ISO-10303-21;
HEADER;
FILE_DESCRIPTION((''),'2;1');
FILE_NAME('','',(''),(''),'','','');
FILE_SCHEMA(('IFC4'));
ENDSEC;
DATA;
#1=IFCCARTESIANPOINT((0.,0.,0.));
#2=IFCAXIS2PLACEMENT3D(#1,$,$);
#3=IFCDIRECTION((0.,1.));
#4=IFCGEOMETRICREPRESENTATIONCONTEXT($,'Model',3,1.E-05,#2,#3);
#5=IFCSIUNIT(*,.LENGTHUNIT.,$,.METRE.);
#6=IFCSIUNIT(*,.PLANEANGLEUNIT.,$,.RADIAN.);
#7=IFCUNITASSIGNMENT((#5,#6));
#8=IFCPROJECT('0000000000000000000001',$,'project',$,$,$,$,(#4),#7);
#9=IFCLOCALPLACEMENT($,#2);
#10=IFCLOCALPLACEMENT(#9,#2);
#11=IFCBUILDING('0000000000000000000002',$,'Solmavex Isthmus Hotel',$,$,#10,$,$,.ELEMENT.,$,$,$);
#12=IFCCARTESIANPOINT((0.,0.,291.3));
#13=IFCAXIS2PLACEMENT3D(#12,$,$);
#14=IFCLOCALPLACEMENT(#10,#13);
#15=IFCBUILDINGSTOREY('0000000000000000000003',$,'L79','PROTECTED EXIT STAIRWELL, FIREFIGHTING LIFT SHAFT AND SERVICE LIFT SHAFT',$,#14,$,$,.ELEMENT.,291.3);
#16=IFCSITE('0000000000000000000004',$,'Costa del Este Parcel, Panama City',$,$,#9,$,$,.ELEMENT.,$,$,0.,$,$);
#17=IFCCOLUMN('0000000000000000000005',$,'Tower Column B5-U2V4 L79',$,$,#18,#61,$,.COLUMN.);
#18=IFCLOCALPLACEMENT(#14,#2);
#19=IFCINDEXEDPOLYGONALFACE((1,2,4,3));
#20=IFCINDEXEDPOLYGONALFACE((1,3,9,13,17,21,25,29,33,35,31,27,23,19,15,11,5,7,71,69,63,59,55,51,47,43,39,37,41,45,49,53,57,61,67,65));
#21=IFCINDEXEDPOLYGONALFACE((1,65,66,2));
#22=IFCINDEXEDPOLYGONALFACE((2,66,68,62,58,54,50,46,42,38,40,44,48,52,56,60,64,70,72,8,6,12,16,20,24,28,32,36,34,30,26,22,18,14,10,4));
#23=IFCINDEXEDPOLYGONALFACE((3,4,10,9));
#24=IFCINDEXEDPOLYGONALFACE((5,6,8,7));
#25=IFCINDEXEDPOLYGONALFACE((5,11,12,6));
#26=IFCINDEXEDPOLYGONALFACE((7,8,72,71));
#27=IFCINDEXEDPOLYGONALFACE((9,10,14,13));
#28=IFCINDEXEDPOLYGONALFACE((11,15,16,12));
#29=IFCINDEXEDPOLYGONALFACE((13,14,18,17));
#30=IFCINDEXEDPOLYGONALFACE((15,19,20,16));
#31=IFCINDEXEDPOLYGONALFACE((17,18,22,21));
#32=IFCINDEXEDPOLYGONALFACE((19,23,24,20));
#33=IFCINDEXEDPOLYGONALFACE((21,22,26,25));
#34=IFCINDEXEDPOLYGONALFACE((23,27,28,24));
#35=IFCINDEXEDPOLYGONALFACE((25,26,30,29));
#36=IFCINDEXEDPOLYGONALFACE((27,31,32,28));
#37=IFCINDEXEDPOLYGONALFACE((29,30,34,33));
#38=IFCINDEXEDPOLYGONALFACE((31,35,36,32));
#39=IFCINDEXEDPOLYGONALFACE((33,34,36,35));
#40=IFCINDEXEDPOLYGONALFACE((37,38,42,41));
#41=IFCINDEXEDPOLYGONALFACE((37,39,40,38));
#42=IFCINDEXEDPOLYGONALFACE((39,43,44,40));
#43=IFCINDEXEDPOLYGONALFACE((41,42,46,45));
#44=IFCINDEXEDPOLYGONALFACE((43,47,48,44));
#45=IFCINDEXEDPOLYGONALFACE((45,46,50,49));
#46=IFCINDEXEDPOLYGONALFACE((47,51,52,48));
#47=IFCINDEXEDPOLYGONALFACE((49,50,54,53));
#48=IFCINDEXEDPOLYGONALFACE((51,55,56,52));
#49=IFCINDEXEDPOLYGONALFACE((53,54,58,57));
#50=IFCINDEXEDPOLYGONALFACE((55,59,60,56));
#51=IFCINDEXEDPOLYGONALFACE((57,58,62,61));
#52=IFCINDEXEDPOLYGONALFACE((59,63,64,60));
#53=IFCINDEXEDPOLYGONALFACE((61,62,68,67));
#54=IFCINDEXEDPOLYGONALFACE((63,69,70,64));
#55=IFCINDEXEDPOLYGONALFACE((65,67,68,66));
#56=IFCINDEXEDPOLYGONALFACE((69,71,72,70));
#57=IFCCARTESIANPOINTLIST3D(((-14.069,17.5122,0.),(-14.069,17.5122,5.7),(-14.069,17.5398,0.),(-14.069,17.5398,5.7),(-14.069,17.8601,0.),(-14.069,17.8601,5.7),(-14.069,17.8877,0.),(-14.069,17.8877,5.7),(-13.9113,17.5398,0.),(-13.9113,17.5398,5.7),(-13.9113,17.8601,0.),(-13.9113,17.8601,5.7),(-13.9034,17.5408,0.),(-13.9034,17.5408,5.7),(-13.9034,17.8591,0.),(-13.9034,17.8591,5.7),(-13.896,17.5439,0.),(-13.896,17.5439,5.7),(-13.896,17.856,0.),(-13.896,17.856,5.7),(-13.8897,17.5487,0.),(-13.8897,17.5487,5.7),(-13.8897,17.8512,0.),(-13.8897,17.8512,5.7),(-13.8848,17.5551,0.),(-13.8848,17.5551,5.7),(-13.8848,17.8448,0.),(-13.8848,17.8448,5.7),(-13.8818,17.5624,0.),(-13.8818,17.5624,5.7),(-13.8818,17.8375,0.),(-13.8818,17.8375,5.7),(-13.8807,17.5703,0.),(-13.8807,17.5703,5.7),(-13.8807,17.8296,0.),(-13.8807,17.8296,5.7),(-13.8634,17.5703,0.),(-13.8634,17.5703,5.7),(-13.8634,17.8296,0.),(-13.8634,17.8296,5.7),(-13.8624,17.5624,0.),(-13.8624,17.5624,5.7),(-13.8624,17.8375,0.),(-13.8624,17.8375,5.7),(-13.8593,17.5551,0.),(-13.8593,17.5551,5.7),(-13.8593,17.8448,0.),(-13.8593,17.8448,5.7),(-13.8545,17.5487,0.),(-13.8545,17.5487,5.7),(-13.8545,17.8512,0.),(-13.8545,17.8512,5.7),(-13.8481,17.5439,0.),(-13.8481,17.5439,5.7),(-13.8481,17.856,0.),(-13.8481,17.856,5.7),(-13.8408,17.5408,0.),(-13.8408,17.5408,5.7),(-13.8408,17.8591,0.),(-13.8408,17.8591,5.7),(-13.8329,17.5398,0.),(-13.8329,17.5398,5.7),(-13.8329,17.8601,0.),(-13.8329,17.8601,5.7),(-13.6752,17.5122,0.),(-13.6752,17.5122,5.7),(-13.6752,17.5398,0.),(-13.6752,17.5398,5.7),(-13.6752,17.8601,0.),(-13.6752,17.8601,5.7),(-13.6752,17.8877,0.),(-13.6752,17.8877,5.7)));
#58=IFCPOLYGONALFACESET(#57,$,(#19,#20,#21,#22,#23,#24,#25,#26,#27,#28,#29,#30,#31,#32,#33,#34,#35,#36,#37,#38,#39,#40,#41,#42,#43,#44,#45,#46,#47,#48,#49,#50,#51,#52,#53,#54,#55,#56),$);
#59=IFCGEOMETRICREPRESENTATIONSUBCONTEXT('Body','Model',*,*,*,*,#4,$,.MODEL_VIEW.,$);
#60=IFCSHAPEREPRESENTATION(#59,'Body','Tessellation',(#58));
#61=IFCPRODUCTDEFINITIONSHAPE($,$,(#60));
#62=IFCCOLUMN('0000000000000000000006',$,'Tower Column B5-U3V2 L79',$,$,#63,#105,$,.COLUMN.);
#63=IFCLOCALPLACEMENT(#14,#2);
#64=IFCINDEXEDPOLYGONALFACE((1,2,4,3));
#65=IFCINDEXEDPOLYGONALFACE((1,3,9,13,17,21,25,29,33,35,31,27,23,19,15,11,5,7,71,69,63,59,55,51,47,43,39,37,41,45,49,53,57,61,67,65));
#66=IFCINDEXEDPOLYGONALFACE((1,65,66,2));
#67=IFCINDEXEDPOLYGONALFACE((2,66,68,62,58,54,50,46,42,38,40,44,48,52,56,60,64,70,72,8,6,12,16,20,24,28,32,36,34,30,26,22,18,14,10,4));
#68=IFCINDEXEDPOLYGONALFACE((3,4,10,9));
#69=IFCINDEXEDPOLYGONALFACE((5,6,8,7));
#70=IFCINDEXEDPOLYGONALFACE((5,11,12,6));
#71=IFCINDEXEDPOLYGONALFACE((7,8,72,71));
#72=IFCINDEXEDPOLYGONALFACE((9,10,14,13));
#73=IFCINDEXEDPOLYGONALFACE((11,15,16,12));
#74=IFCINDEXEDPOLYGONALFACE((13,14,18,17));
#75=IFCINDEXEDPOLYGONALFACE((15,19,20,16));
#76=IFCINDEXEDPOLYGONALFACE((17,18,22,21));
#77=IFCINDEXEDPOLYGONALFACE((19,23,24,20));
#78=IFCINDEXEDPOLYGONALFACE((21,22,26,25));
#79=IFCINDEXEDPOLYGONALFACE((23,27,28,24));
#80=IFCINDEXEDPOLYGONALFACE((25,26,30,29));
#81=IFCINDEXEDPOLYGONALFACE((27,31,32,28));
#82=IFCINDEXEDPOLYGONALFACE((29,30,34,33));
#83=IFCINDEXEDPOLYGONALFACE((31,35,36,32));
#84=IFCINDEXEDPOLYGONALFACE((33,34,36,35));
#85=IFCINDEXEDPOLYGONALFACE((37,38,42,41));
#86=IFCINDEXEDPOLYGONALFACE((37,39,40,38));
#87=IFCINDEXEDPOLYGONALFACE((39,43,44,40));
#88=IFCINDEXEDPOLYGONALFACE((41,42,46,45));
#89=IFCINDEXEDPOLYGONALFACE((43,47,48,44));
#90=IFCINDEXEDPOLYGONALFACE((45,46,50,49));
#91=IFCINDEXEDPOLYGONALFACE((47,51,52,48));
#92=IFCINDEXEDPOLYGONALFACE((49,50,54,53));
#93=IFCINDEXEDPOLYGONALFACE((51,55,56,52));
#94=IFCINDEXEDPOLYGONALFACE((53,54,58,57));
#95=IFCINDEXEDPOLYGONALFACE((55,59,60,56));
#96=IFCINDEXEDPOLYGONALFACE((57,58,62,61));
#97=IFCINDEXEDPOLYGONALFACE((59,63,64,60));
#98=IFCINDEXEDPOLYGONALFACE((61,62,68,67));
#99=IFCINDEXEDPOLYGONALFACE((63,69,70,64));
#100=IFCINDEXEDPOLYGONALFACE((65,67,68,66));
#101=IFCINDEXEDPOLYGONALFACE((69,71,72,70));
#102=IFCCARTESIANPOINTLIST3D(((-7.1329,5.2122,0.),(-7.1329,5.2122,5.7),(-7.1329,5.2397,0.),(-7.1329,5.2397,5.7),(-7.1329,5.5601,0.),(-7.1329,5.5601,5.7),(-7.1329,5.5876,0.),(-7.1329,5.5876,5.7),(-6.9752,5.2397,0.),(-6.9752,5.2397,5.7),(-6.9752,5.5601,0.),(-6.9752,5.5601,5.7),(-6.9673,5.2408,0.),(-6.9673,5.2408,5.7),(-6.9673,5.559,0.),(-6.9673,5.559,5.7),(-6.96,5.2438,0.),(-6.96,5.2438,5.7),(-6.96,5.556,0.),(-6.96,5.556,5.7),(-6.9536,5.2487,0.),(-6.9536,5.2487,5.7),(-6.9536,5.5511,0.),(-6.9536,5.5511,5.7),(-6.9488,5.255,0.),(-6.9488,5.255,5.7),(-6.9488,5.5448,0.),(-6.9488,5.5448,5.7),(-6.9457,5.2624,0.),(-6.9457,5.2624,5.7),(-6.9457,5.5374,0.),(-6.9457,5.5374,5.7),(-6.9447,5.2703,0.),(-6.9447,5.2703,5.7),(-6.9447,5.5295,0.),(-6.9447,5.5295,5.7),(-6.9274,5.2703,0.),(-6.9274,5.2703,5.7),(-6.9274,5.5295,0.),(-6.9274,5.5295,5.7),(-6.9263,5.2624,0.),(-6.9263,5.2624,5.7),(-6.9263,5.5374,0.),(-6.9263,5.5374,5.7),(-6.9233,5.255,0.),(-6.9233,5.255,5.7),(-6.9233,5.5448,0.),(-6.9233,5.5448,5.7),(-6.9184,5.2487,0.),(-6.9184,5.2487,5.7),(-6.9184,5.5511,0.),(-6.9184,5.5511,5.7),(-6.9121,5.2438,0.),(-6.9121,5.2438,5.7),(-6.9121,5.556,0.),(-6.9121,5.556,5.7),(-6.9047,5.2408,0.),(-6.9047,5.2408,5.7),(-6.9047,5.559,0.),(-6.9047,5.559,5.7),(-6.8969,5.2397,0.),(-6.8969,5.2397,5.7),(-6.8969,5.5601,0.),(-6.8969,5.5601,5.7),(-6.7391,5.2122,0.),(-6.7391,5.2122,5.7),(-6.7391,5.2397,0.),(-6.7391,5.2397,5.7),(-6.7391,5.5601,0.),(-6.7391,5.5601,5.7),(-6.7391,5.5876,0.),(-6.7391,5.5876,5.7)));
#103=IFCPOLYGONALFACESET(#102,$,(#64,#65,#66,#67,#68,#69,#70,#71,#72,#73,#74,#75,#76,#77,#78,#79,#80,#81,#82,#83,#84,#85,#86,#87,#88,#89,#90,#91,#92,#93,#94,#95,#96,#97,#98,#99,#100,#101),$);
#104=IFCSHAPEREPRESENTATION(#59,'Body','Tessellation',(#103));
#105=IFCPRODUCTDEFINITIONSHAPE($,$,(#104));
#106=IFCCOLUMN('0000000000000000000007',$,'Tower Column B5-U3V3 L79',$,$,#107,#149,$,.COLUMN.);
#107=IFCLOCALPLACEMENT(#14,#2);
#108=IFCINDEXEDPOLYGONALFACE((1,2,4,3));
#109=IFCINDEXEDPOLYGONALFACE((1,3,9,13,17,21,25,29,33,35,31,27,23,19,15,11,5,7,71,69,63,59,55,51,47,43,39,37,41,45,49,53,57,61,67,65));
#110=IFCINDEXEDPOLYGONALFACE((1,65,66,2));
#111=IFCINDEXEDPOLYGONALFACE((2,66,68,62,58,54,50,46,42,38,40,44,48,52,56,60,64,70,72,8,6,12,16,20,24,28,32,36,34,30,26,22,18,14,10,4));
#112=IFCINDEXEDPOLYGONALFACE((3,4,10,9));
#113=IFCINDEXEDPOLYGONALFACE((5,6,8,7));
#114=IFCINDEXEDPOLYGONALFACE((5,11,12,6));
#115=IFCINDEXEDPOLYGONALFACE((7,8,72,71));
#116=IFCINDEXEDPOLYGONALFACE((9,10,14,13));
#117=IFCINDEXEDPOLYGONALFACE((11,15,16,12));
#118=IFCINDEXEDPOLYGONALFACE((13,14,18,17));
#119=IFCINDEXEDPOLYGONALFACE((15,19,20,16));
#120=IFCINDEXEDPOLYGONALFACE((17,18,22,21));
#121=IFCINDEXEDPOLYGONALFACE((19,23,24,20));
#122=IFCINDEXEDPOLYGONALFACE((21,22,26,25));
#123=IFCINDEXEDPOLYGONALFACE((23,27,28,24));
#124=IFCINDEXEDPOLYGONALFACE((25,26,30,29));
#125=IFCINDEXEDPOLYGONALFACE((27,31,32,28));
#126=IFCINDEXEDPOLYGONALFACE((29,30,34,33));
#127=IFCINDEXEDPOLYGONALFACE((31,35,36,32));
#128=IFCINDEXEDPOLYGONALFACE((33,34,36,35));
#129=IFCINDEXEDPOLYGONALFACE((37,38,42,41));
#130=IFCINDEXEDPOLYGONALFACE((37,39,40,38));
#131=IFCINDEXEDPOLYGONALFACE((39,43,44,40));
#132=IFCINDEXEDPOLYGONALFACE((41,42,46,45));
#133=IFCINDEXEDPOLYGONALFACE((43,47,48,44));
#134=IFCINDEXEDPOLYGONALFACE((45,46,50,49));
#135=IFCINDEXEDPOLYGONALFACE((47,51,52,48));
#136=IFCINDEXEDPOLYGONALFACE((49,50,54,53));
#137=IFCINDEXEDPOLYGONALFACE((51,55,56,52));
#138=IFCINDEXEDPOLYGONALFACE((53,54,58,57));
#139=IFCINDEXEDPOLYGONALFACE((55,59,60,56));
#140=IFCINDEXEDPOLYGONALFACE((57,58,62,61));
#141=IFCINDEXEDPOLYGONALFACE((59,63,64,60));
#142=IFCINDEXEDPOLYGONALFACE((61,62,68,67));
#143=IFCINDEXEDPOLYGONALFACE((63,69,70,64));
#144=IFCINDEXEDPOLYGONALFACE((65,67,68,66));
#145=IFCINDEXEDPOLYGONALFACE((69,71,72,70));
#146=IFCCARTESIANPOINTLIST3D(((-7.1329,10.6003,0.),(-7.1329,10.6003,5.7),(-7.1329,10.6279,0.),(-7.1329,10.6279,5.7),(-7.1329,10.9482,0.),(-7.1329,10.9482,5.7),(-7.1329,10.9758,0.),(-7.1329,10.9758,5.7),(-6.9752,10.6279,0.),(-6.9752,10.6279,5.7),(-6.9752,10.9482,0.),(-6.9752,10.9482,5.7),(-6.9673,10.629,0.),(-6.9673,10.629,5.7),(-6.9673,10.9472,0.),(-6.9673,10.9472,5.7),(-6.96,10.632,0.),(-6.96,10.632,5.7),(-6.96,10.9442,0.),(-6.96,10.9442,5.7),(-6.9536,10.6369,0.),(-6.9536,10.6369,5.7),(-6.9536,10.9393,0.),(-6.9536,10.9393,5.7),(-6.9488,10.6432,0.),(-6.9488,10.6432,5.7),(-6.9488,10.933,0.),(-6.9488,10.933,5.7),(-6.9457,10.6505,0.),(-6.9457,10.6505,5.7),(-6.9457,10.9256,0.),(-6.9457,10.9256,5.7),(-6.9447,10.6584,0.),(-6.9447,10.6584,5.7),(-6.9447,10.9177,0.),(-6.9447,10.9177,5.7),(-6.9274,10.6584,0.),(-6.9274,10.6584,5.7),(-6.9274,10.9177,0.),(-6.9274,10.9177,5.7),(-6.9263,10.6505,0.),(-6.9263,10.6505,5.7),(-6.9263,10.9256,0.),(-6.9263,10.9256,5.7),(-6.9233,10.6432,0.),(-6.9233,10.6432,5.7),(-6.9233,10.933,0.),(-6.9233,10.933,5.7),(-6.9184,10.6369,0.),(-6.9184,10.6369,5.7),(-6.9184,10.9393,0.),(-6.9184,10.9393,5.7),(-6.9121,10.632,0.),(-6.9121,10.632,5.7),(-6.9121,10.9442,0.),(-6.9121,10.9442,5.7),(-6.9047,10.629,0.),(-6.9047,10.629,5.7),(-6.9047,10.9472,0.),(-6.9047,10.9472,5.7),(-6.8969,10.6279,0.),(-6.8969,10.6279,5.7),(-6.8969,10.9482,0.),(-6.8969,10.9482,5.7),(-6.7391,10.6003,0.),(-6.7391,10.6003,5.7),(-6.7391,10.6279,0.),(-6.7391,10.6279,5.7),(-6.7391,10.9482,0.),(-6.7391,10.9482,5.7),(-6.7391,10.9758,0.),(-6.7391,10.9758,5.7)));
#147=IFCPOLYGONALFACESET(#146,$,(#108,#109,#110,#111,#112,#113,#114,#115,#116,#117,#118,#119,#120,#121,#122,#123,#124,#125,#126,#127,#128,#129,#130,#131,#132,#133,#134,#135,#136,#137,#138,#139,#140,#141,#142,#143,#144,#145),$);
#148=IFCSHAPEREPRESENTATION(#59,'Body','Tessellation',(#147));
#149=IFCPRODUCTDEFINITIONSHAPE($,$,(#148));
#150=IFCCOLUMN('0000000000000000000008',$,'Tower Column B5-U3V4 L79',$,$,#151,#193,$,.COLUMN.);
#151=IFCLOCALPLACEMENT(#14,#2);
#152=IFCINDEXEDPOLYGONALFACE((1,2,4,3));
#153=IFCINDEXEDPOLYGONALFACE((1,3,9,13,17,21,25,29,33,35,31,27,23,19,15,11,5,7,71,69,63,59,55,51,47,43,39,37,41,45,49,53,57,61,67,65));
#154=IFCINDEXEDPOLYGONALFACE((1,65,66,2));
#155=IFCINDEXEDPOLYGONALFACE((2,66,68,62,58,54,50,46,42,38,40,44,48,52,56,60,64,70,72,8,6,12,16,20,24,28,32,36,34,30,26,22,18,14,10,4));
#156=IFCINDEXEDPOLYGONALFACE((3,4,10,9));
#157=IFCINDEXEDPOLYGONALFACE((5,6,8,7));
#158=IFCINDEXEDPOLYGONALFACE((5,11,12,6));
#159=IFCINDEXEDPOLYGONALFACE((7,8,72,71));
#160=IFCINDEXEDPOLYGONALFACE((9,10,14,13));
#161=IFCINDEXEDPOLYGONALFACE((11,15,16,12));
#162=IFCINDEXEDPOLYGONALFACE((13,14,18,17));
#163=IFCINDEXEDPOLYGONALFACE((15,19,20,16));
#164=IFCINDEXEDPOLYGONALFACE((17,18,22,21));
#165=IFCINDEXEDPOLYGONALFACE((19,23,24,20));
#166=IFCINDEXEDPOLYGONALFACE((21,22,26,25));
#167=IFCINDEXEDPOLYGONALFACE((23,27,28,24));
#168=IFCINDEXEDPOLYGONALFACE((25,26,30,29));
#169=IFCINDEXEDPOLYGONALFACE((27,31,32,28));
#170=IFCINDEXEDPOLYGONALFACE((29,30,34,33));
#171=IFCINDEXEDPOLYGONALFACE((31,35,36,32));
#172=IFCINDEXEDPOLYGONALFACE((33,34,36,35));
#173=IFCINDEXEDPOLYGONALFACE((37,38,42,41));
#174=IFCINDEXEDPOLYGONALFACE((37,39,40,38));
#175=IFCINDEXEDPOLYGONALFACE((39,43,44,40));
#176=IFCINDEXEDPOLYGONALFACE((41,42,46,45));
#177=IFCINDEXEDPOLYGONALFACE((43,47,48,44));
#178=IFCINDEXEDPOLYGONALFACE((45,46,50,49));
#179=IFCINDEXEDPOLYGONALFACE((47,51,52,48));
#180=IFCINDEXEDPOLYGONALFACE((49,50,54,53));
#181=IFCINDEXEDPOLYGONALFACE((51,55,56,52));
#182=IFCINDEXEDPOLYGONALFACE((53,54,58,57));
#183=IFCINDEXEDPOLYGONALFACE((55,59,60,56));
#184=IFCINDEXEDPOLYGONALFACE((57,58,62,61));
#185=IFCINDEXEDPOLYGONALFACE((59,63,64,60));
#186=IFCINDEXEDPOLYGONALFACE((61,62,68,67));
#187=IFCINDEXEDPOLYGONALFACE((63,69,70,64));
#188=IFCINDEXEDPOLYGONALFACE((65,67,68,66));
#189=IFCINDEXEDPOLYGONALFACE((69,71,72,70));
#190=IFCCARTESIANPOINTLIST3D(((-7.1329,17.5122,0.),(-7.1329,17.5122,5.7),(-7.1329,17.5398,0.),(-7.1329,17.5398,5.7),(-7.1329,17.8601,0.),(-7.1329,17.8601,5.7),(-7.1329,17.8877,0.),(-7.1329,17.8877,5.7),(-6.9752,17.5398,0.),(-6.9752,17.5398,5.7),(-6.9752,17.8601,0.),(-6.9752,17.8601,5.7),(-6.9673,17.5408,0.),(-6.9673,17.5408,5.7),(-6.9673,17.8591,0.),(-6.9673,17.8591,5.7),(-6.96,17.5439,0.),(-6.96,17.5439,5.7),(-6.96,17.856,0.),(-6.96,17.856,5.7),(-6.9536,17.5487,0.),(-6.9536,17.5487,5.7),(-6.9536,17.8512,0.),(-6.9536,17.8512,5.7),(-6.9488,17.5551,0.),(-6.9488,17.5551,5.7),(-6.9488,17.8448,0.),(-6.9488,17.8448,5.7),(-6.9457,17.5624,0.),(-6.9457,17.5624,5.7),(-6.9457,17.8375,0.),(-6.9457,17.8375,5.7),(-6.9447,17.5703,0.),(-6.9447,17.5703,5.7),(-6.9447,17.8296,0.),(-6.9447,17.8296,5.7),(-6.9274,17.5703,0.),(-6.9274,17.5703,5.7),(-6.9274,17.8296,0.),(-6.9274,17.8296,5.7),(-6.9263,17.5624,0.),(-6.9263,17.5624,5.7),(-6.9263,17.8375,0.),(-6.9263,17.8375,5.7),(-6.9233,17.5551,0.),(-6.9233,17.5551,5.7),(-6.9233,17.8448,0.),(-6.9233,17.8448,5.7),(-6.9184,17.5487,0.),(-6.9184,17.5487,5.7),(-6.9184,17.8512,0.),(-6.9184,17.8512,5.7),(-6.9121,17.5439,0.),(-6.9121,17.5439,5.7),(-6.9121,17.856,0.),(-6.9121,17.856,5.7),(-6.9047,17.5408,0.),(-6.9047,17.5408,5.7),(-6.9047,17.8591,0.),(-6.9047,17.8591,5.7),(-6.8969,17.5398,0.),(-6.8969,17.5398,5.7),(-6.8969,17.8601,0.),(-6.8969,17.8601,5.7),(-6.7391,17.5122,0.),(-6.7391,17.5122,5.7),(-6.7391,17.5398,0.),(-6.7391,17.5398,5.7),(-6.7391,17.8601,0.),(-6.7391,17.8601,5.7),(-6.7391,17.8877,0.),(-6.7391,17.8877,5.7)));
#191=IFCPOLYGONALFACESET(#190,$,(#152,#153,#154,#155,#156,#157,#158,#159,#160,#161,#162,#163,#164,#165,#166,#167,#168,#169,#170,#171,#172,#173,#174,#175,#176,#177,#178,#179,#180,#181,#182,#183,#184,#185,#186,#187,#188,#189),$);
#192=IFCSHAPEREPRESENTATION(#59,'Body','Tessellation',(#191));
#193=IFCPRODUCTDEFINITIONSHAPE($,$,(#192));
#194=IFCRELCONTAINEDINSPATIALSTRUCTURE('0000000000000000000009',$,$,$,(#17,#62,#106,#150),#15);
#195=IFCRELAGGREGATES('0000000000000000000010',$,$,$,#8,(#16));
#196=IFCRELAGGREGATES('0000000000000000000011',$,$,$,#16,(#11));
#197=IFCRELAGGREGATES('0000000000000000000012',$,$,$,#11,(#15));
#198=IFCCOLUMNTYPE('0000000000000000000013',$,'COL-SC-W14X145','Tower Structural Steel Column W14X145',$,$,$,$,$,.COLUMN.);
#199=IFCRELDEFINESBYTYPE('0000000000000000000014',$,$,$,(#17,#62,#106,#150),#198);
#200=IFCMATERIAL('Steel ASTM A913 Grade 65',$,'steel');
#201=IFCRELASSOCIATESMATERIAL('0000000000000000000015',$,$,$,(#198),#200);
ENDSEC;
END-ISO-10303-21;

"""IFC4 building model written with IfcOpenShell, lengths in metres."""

from ifc_helpers import new_model, si_unit, direction, frame, origin, origin_2d, place, context, subcontext, project, spatial, i_section, extrude, material, material_profile, profile_set, type_object, element, save


model = new_model("IFC4")

# Units and contexts
model_context = context("Model", 3, precision=1e-05, world=origin(), true_north=direction((0.0, 1.0)))
body_context = subcontext(model_context, "Body", "Model", "MODEL_VIEW")
ifc_project = project(units=[si_unit("LENGTHUNIT", "METRE"), si_unit("PLANEANGLEUNIT", "RADIAN")], contexts=[model_context])

# Site, building, storey
site_placement = place(None, origin())
site = spatial("IfcSite", under=ifc_project, at=site_placement, Name="Costa del Este Parcel, Panama City", CompositionType="ELEMENT", RefElevation=0.0)
building_placement = place(site_placement, origin())
building = spatial("IfcBuilding", under=site, at=building_placement, Name="Solmavex Isthmus Hotel", CompositionType="ELEMENT")
storey_placement = place(building_placement, frame((0.0, 0.0, 291.3)))
storey = spatial("IfcBuildingStorey", under=building, at=storey_placement, Name="L79", Description="PROTECTED EXIT STAIRWELL, FIREFIGHTING LIFT SHAFT AND SERVICE LIFT SHAFT", CompositionType="ELEMENT", Elevation=291.3)

# Columns
ifc_material_1 = material(Name="Steel ASTM A913 Grade 65", Category="steel")
ifc_material_profile_1 = material_profile(ifc_material_1, i_section(OverallWidth=0.3938, OverallDepth=0.3755, WebThickness=0.0173, FlangeThickness=0.0276, FilletRadius=0.0305, at=origin_2d()), Name="W14X145")
ifc_profile_set_1 = profile_set([ifc_material_profile_1], Name="Steel ASTM A913 Grade 65")
column_type = type_object("IfcColumnType", Name="COL-SC-W14X145", Description="Tower Structural Steel Column W14X145", PredefinedType="COLUMN", material=ifc_profile_set_1)
for number, where, z_axis, x_axis, name in (
    (1, (-13.8721, 17.7, 0.0), (0.0, 0.0, 1.0), (1.0, 0.0, 0.0), "Tower Column B5-U2V4 L79"),
    (2, (-6.936, 5.3999, 0.0), (0.0, 0.0, 1.0), (1.0, 0.0, 0.0), "Tower Column B5-U3V2 L79"),
    (3, (-6.936, 10.7881, 0.0), (0.0, 0.0, 1.0), (1.0, 0.0, 0.0), "Tower Column B5-U3V3 L79"),
    (4, (-6.936, 17.7, 0.0), (0.0, 0.0, 1.0), (1.0, 0.0, 0.0), "Tower Column B5-U3V4 L79"),
):
    element("IfcColumn", number, at=place(storey_placement, frame(where, z_axis=z_axis, x_axis=x_axis)), inside=storey, type_object=column_type, Name=name, PredefinedType="COLUMN", context=body_context, shape_type="SweptSolid", body=[
        extrude(i_section(OverallWidth=0.3938, OverallDepth=0.3755, WebThickness=0.0173, FlangeThickness=0.0276, FilletRadius=0.0305, at=origin_2d()), origin(), (0.0, 0.0, 1.0), 5.7),
    ])

save(model, "model.ifc")
